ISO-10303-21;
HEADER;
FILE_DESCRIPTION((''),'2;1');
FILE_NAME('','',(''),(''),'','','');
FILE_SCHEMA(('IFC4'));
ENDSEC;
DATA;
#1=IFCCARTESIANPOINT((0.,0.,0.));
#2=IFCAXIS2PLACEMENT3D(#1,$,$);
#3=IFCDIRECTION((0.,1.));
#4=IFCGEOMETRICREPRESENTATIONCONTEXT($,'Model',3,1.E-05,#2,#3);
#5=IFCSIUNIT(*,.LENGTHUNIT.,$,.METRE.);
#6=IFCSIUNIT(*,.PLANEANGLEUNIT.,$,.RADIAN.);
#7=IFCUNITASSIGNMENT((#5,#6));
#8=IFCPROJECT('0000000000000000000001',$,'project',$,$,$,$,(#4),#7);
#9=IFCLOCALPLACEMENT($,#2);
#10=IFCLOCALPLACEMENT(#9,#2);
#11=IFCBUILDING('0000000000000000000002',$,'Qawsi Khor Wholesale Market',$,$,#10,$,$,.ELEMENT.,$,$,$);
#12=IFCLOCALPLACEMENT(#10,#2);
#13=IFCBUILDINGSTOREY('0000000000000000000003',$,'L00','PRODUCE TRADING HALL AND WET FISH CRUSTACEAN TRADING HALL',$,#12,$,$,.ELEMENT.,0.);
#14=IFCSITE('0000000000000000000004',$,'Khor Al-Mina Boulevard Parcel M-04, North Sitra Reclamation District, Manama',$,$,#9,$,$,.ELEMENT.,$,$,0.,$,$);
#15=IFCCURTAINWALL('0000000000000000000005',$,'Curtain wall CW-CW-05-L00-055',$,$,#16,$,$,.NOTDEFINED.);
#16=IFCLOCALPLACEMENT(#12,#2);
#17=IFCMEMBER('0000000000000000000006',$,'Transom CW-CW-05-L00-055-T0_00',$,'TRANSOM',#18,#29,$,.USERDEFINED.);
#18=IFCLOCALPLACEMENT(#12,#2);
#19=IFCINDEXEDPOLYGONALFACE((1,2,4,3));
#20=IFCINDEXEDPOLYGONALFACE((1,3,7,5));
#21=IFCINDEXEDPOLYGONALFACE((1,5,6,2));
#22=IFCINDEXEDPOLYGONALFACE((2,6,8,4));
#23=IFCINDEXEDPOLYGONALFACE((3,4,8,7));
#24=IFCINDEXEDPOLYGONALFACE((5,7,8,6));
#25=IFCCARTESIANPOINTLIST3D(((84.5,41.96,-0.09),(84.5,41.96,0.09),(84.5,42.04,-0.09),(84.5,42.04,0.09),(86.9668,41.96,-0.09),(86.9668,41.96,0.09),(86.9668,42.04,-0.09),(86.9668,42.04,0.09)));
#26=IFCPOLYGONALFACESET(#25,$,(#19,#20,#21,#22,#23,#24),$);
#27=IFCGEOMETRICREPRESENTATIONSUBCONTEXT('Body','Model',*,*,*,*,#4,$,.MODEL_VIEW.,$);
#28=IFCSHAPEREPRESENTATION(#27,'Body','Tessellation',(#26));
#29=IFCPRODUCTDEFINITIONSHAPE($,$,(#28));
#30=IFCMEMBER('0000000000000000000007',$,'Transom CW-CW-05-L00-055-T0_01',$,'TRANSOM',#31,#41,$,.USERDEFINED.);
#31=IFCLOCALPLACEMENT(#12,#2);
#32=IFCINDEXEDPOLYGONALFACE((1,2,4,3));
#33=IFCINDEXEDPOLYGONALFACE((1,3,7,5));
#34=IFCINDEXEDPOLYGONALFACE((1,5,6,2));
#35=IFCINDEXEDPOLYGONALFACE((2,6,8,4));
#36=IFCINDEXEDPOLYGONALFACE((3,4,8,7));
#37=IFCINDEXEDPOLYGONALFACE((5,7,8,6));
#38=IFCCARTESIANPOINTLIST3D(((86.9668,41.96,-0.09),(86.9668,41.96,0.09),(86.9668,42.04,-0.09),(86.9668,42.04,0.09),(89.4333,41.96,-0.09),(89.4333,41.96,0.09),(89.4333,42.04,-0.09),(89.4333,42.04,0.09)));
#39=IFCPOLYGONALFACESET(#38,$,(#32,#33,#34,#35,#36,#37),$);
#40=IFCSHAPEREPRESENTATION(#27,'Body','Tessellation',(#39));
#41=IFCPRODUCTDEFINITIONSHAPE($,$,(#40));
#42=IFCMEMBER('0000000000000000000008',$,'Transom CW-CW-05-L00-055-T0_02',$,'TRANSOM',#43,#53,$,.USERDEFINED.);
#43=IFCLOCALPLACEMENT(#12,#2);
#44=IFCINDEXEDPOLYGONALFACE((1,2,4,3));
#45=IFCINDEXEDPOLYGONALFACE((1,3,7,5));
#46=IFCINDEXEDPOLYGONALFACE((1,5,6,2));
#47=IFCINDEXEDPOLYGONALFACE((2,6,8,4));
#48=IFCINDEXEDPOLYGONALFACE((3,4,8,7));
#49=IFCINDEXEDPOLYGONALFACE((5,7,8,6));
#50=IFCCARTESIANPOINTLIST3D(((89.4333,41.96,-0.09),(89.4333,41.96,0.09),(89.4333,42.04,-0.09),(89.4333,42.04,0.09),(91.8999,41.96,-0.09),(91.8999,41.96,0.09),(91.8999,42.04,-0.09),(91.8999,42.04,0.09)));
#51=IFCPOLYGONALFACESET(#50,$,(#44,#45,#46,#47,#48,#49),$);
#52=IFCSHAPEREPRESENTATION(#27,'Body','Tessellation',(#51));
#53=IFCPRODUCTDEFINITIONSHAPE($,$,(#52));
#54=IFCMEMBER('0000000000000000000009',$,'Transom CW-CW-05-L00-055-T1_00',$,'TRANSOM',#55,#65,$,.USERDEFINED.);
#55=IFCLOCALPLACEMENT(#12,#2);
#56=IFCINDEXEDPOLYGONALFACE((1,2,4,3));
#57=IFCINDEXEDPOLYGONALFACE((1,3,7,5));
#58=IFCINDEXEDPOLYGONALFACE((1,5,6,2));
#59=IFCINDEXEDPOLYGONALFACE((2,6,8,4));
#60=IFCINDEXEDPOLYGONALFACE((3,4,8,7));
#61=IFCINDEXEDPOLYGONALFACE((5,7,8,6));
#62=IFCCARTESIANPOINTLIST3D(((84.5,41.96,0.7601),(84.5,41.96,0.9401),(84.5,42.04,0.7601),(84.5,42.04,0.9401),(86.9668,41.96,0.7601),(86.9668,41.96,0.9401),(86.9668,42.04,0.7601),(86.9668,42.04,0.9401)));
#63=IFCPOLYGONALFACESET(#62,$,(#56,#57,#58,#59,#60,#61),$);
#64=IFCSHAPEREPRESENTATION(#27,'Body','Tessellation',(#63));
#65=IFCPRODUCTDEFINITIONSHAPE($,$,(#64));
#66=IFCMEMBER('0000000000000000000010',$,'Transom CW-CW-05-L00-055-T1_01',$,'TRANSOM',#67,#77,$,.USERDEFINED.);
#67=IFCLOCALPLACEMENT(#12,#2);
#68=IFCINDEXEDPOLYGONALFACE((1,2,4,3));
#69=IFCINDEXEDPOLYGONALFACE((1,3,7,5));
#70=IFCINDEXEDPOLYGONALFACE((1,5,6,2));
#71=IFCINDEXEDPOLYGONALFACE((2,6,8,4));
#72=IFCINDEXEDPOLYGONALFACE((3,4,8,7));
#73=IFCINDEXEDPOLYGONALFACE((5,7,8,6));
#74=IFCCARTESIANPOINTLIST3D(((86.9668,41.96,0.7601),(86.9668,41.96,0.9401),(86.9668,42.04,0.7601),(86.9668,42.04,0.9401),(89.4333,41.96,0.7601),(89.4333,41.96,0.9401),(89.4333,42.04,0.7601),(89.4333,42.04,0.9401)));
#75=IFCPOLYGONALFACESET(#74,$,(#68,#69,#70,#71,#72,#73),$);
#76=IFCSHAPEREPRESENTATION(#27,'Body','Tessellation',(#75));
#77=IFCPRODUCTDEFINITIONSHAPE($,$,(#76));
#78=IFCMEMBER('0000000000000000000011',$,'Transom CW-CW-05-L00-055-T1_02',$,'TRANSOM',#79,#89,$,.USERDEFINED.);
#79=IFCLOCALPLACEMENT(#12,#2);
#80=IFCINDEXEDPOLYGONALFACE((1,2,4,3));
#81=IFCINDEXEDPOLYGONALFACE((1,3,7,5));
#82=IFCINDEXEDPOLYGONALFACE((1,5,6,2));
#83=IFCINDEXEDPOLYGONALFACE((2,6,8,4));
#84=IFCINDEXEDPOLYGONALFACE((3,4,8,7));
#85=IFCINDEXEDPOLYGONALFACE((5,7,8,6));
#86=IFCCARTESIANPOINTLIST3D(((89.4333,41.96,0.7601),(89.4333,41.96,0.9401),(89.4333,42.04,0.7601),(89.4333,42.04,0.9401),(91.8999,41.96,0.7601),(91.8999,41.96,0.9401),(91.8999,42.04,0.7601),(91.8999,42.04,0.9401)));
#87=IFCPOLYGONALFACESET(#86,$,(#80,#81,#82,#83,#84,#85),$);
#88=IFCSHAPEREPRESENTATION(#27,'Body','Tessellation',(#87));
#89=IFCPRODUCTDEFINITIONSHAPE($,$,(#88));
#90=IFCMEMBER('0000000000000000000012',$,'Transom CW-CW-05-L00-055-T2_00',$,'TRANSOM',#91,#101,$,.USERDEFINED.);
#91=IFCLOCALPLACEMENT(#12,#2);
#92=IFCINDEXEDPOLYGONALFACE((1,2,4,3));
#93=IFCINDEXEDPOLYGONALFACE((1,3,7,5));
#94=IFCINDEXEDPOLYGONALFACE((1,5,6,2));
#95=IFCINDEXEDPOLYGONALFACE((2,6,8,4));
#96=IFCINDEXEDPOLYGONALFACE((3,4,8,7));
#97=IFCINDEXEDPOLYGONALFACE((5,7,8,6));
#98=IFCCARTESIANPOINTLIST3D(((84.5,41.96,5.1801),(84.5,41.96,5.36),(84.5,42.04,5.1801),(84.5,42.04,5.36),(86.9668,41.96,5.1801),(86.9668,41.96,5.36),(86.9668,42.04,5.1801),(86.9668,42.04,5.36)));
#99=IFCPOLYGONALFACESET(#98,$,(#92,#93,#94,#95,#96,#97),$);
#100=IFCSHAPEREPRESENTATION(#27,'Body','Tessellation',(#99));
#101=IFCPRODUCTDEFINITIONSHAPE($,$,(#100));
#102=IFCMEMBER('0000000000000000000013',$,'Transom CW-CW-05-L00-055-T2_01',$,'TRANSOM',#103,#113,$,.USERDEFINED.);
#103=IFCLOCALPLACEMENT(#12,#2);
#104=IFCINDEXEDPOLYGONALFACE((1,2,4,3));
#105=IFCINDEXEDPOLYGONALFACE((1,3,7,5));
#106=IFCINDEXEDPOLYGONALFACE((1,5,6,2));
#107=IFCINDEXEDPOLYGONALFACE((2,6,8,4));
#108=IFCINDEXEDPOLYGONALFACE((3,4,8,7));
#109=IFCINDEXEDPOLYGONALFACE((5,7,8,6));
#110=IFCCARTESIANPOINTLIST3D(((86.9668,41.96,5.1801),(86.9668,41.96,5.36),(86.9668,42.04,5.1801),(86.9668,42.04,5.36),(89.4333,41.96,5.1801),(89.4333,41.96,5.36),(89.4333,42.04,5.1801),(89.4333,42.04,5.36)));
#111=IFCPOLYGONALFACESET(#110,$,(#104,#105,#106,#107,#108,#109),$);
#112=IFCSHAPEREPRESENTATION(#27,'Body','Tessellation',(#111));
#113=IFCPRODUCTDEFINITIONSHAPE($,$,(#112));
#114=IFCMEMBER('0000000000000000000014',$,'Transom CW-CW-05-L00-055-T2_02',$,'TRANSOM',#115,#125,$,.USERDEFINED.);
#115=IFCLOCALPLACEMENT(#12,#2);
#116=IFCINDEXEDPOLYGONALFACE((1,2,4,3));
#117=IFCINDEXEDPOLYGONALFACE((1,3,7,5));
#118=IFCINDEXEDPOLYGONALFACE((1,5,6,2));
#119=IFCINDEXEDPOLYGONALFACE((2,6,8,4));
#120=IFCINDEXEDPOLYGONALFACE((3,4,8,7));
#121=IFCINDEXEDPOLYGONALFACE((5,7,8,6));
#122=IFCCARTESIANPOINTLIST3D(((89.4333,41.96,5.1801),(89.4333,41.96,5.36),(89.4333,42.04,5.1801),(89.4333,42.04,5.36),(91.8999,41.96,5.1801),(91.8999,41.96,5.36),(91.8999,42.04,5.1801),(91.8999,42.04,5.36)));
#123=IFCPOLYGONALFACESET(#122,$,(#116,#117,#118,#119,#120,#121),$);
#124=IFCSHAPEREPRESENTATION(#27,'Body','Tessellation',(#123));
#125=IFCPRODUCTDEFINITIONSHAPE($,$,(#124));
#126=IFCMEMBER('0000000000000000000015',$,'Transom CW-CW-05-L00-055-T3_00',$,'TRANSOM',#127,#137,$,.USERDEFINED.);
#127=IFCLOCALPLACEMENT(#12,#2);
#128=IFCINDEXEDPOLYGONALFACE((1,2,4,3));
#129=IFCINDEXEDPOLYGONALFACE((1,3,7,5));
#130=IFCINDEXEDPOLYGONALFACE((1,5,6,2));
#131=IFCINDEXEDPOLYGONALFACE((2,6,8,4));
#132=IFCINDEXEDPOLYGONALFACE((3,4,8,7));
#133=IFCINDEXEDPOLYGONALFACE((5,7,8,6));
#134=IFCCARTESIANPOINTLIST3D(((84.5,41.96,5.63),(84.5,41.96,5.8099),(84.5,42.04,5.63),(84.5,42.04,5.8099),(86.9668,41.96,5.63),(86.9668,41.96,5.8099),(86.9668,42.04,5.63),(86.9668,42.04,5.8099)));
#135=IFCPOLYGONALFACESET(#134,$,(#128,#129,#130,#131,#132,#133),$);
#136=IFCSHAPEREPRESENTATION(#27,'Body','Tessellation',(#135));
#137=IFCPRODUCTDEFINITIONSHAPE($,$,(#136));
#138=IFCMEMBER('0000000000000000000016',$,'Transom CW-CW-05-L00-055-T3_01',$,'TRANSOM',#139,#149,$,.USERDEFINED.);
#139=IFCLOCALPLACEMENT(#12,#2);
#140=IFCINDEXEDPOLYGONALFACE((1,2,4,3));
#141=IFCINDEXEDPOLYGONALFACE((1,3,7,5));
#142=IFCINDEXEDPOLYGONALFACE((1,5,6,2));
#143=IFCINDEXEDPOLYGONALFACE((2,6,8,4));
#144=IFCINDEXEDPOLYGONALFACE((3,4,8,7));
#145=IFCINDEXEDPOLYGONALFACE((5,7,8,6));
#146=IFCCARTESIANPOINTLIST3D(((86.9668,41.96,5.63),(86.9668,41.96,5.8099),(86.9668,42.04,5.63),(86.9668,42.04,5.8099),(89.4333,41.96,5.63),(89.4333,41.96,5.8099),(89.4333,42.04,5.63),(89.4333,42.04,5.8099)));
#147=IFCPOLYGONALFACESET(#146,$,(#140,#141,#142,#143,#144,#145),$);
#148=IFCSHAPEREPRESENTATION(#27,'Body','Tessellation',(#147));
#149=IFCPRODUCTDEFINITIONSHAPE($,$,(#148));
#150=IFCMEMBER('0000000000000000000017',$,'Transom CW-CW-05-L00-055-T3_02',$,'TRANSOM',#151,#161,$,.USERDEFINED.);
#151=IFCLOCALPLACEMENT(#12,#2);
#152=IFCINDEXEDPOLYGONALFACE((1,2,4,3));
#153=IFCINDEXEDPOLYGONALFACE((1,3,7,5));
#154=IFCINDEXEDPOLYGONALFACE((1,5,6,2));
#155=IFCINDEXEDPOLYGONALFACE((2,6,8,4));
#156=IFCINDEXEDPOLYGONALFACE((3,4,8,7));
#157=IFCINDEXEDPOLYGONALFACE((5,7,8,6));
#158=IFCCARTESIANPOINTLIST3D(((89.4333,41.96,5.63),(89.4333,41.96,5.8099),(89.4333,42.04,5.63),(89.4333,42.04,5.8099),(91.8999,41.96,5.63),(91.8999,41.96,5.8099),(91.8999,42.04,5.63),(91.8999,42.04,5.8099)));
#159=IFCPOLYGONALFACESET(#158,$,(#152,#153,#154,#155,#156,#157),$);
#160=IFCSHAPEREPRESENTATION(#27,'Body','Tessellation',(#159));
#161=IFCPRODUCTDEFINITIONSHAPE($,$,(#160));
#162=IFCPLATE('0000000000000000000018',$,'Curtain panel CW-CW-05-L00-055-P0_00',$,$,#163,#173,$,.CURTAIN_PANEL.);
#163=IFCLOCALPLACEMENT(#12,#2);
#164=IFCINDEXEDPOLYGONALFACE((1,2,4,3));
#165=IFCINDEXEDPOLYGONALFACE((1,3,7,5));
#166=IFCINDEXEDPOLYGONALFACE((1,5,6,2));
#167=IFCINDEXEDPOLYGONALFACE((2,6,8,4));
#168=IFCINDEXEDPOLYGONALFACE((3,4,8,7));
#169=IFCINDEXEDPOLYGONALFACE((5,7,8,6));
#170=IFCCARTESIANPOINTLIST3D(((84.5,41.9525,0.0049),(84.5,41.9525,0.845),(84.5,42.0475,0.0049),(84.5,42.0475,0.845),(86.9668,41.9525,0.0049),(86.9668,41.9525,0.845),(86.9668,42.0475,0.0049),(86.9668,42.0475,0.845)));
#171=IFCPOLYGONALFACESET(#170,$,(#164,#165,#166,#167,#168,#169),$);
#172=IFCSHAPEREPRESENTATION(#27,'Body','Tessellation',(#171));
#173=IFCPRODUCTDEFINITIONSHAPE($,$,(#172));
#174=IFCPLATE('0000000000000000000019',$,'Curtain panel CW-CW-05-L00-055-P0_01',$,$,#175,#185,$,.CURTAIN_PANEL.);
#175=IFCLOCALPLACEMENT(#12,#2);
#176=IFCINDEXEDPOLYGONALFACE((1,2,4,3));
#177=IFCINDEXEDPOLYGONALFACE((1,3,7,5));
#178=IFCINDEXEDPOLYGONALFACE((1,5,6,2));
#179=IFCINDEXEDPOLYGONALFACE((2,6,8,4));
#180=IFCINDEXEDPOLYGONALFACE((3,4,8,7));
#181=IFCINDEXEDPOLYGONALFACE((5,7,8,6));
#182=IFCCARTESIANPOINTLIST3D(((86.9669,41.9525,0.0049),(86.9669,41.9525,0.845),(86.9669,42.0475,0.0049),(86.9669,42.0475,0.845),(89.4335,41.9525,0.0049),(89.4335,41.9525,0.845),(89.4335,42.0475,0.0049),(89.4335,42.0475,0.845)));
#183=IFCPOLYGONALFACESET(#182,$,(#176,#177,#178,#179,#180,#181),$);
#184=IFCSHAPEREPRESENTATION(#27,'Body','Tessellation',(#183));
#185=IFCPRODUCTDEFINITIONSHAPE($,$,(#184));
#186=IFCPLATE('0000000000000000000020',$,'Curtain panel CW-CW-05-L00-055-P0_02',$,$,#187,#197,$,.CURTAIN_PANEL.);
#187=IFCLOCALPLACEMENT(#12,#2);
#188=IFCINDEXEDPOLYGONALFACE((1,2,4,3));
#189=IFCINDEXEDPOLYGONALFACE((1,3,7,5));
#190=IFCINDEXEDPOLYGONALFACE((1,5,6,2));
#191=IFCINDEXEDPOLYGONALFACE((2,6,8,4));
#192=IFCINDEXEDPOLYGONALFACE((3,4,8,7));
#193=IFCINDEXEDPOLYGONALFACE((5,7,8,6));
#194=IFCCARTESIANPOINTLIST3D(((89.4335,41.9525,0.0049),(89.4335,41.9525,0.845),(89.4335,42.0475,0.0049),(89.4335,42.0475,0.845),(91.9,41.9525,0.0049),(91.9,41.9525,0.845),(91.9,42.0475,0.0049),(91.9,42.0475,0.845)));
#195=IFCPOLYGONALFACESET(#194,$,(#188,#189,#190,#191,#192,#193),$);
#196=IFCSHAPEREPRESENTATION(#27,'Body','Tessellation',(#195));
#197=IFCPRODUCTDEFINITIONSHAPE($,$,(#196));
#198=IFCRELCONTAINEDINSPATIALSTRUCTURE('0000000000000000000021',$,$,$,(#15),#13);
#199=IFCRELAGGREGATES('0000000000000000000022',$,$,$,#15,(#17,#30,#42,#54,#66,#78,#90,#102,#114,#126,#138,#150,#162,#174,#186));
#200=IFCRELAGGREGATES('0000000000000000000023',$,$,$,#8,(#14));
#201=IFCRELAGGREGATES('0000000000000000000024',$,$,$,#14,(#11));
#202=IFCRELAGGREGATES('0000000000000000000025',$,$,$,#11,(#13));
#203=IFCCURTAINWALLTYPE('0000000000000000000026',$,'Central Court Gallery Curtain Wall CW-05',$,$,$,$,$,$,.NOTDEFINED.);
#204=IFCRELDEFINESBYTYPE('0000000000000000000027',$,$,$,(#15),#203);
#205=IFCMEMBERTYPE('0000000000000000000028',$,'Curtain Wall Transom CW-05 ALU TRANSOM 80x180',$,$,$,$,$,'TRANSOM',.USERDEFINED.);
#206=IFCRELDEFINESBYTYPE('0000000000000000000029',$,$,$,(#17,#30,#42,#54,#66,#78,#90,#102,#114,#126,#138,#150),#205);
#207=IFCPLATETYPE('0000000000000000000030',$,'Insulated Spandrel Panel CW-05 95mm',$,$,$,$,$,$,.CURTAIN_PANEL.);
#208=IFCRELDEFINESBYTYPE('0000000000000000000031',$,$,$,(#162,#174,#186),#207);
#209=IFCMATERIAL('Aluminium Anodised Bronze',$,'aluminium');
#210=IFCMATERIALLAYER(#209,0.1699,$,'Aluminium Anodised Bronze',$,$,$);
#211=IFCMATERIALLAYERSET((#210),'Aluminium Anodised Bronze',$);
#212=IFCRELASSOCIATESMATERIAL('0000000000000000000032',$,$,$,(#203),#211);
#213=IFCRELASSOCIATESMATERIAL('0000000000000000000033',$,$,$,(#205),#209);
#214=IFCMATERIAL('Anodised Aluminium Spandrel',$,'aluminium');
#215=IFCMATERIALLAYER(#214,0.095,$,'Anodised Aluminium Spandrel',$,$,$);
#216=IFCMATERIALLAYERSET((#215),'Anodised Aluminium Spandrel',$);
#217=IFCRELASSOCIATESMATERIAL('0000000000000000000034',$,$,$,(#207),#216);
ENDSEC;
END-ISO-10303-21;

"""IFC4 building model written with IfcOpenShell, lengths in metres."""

from ifc_helpers import new_model, si_unit, direction, frame, frame_2d, origin, origin_2d, place, context, subcontext, project, spatial, rectangle, extrude, material, layer, layer_set, material_profile, profile_set, type_object, element, aggregate, save


model = new_model("IFC4")

# Units and contexts
model_context = context("Model", 3, precision=1e-05, world=origin(), true_north=direction((0.0, 1.0)))
body_context = subcontext(model_context, "Body", "Model", "MODEL_VIEW")
ifc_project = project(units=[si_unit("LENGTHUNIT", "METRE"), si_unit("PLANEANGLEUNIT", "RADIAN")], contexts=[model_context])

# Site, building, storey
site_placement = place(None, origin())
site = spatial("IfcSite", under=ifc_project, at=site_placement, Name="Khor Al-Mina Boulevard Parcel M-04, North Sitra Reclamation District, Manama", CompositionType="ELEMENT", RefElevation=0.0)
building_placement = place(site_placement, origin())
building = spatial("IfcBuilding", under=site, at=building_placement, Name="Qawsi Khor Wholesale Market", CompositionType="ELEMENT")
storey_placement = place(building_placement, origin())
storey = spatial("IfcBuildingStorey", under=building, at=storey_placement, Name="L00", Description="PRODUCE TRADING HALL AND WET FISH CRUSTACEAN TRADING HALL", CompositionType="ELEMENT", Elevation=0.0)

# Curtain wall, members, plates
ifc_material_1 = material(Name="Aluminium Anodised Bronze", Category="aluminium")
ifc_layer_1 = layer(ifc_material_1, 0.1699, Name="Aluminium Anodised Bronze")
ifc_layer_set_1 = layer_set([ifc_layer_1], Name="Aluminium Anodised Bronze")
curtain_wall_type = type_object("IfcCurtainWallType", Name="Central Court Gallery Curtain Wall CW-05", PredefinedType="NOTDEFINED", material=ifc_layer_set_1)
curtain_wall_placement = place(storey_placement, origin())
curtain_wall = element("IfcCurtainWall", 1, at=curtain_wall_placement, inside=storey, type_object=curtain_wall_type, Name="Curtain wall CW-CW-05-L00-055", PredefinedType="NOTDEFINED")
ifc_material_profile_1 = material_profile(ifc_material_1, rectangle(XDim=0.0801, YDim=0.1799, at=origin_2d()), Name="ALU TRANSOM 80x180")
ifc_profile_set_1 = profile_set([ifc_material_profile_1], Name="Aluminium Anodised Bronze")
member_type_1 = type_object("IfcMemberType", Name="Curtain Wall Transom CW-05 ALU TRANSOM 80x180", ElementType="TRANSOM", PredefinedType="USERDEFINED", material=ifc_profile_set_1)
member_1_placement = place(storey_placement, frame((84.5, 42.0, 0.0), z_axis=(1.0, 0.0, 0.0), x_axis=(0.0, 1.0, 0.0)))
member_1 = element("IfcMember", 2, at=member_1_placement, type_object=member_type_1, Name="Transom CW-CW-05-L00-055-T0_00", ObjectType="TRANSOM", PredefinedType="USERDEFINED", context=body_context, shape_type="SweptSolid", body=[
    extrude(rectangle(XDim=0.0801, YDim=0.1799, at=origin_2d()), origin(), (0.0, 0.0, 1.0), 2.4668),
])
member_2_placement = place(storey_placement, frame((86.9668, 42.0, 0.0), z_axis=(1.0, 0.0, 0.0), x_axis=(0.0, 1.0, 0.0)))
member_2 = element("IfcMember", 3, at=member_2_placement, type_object=member_type_1, Name="Transom CW-CW-05-L00-055-T0_01", ObjectType="TRANSOM", PredefinedType="USERDEFINED", context=body_context, shape_type="SweptSolid", body=[
    extrude(rectangle(XDim=0.0801, YDim=0.1799, at=origin_2d()), origin(), (0.0, 0.0, 1.0), 2.4666),
])
member_3_placement = place(storey_placement, frame((89.4333, 42.0, 0.0), z_axis=(1.0, 0.0, 0.0), x_axis=(0.0, 1.0, 0.0)))
member_3 = element("IfcMember", 4, at=member_3_placement, type_object=member_type_1, Name="Transom CW-CW-05-L00-055-T0_02", ObjectType="TRANSOM", PredefinedType="USERDEFINED", context=body_context, shape_type="SweptSolid", body=[
    extrude(rectangle(XDim=0.0801, YDim=0.1799, at=origin_2d()), origin(), (0.0, 0.0, 1.0), 2.4666),
])
member_4_placement = place(storey_placement, frame((84.5, 42.0, 0.8501), z_axis=(1.0, 0.0, 0.0), x_axis=(0.0, 1.0, 0.0)))
member_4 = element("IfcMember", 5, at=member_4_placement, type_object=member_type_1, Name="Transom CW-CW-05-L00-055-T1_00", ObjectType="TRANSOM", PredefinedType="USERDEFINED", context=body_context, shape_type="SweptSolid", body=[
    extrude(rectangle(XDim=0.0801, YDim=0.1799, at=origin_2d()), origin(), (0.0, 0.0, 1.0), 2.4668),
])
member_5_placement = place(storey_placement, frame((86.9668, 42.0, 0.8501), z_axis=(1.0, 0.0, 0.0), x_axis=(0.0, 1.0, 0.0)))
member_5 = element("IfcMember", 6, at=member_5_placement, type_object=member_type_1, Name="Transom CW-CW-05-L00-055-T1_01", ObjectType="TRANSOM", PredefinedType="USERDEFINED", context=body_context, shape_type="SweptSolid", body=[
    extrude(rectangle(XDim=0.0801, YDim=0.1799, at=origin_2d()), origin(), (0.0, 0.0, 1.0), 2.4666),
])
member_6_placement = place(storey_placement, frame((89.4333, 42.0, 0.8501), z_axis=(1.0, 0.0, 0.0), x_axis=(0.0, 1.0, 0.0)))
member_6 = element("IfcMember", 7, at=member_6_placement, type_object=member_type_1, Name="Transom CW-CW-05-L00-055-T1_02", ObjectType="TRANSOM", PredefinedType="USERDEFINED", context=body_context, shape_type="SweptSolid", body=[
    extrude(rectangle(XDim=0.0801, YDim=0.1799, at=origin_2d()), origin(), (0.0, 0.0, 1.0), 2.4666),
])
member_7_placement = place(storey_placement, frame((84.5, 42.0, 5.27), z_axis=(1.0, 0.0, 0.0), x_axis=(0.0, 1.0, 0.0)))
member_7 = element("IfcMember", 8, at=member_7_placement, type_object=member_type_1, Name="Transom CW-CW-05-L00-055-T2_00", ObjectType="TRANSOM", PredefinedType="USERDEFINED", context=body_context, shape_type="SweptSolid", body=[
    extrude(rectangle(XDim=0.0801, YDim=0.1799, at=origin_2d()), origin(), (0.0, 0.0, 1.0), 2.4668),
])
member_8_placement = place(storey_placement, frame((86.9668, 42.0, 5.27), z_axis=(1.0, 0.0, 0.0), x_axis=(0.0, 1.0, 0.0)))
member_8 = element("IfcMember", 9, at=member_8_placement, type_object=member_type_1, Name="Transom CW-CW-05-L00-055-T2_01", ObjectType="TRANSOM", PredefinedType="USERDEFINED", context=body_context, shape_type="SweptSolid", body=[
    extrude(rectangle(XDim=0.0801, YDim=0.1799, at=origin_2d()), origin(), (0.0, 0.0, 1.0), 2.4666),
])
member_9_placement = place(storey_placement, frame((89.4333, 42.0, 5.27), z_axis=(1.0, 0.0, 0.0), x_axis=(0.0, 1.0, 0.0)))
member_9 = element("IfcMember", 10, at=member_9_placement, type_object=member_type_1, Name="Transom CW-CW-05-L00-055-T2_02", ObjectType="TRANSOM", PredefinedType="USERDEFINED", context=body_context, shape_type="SweptSolid", body=[
    extrude(rectangle(XDim=0.0801, YDim=0.1799, at=origin_2d()), origin(), (0.0, 0.0, 1.0), 2.4666),
])
member_10_placement = place(storey_placement, frame((84.5, 42.0, 5.72), z_axis=(1.0, 0.0, 0.0), x_axis=(0.0, 1.0, 0.0)))
member_10 = element("IfcMember", 11, at=member_10_placement, type_object=member_type_1, Name="Transom CW-CW-05-L00-055-T3_00", ObjectType="TRANSOM", PredefinedType="USERDEFINED", context=body_context, shape_type="SweptSolid", body=[
    extrude(rectangle(XDim=0.0801, YDim=0.1799, at=origin_2d()), origin(), (0.0, 0.0, 1.0), 2.4668),
])
member_11_placement = place(storey_placement, frame((86.9668, 42.0, 5.72), z_axis=(1.0, 0.0, 0.0), x_axis=(0.0, 1.0, 0.0)))
member_11 = element("IfcMember", 12, at=member_11_placement, type_object=member_type_1, Name="Transom CW-CW-05-L00-055-T3_01", ObjectType="TRANSOM", PredefinedType="USERDEFINED", context=body_context, shape_type="SweptSolid", body=[
    extrude(rectangle(XDim=0.0801, YDim=0.1799, at=origin_2d()), origin(), (0.0, 0.0, 1.0), 2.4666),
])
member_12_placement = place(storey_placement, frame((89.4333, 42.0, 5.72), z_axis=(1.0, 0.0, 0.0), x_axis=(0.0, 1.0, 0.0)))
member_12 = element("IfcMember", 13, at=member_12_placement, type_object=member_type_1, Name="Transom CW-CW-05-L00-055-T3_02", ObjectType="TRANSOM", PredefinedType="USERDEFINED", context=body_context, shape_type="SweptSolid", body=[
    extrude(rectangle(XDim=0.0801, YDim=0.1799, at=origin_2d()), origin(), (0.0, 0.0, 1.0), 2.4666),
])
ifc_material_2 = material(Name="Anodised Aluminium Spandrel", Category="aluminium")
ifc_layer_2 = layer(ifc_material_2, 0.095, Name="Anodised Aluminium Spandrel")
ifc_layer_set_2 = layer_set([ifc_layer_2], Name="Anodised Aluminium Spandrel")
plate_type_1 = type_object("IfcPlateType", Name="Insulated Spandrel Panel CW-05 95mm", PredefinedType="CURTAIN_PANEL", material=ifc_layer_set_2)
plate_1_placement = place(storey_placement, frame((84.5, 42.0, 0.0049), z_axis=(0.0, 0.0, 1.0), x_axis=(1.0, 0.0, 0.0)))
plate_1 = element("IfcPlate", 14, at=plate_1_placement, type_object=plate_type_1, Name="Curtain panel CW-CW-05-L00-055-P0_00", PredefinedType="CURTAIN_PANEL", context=body_context, shape_type="SweptSolid", body=[
    extrude(rectangle(XDim=2.4668, YDim=0.095, at=frame_2d((1.2334, 0.0))), origin(), (0.0, 0.0, 1.0), 0.8401),
])
plate_2_placement = place(storey_placement, frame((86.9668, 42.0, 0.0049), z_axis=(0.0, 0.0, 1.0), x_axis=(1.0, 0.0, 0.0)))
plate_2 = element("IfcPlate", 15, at=plate_2_placement, type_object=plate_type_1, Name="Curtain panel CW-CW-05-L00-055-P0_01", PredefinedType="CURTAIN_PANEL", context=body_context, shape_type="SweptSolid", body=[
    extrude(rectangle(XDim=2.4666, YDim=0.095, at=frame_2d((1.2334, 0.0))), origin(), (0.0, 0.0, 1.0), 0.8401),
])
plate_3_placement = place(storey_placement, frame((89.4333, 42.0, 0.0049), z_axis=(0.0, 0.0, 1.0), x_axis=(1.0, 0.0, 0.0)))
plate_3 = element("IfcPlate", 16, at=plate_3_placement, type_object=plate_type_1, Name="Curtain panel CW-CW-05-L00-055-P0_02", PredefinedType="CURTAIN_PANEL", context=body_context, shape_type="SweptSolid", body=[
    extrude(rectangle(XDim=2.4666, YDim=0.095, at=frame_2d((1.2334, 0.0))), origin(), (0.0, 0.0, 1.0), 0.8401),
])
aggregate(curtain_wall, [member_1, member_2, member_3, member_4, member_5, member_6, member_7, member_8, member_9, member_10, member_11, member_12, plate_1, plate_2, plate_3])

save(model, "model.ifc")
